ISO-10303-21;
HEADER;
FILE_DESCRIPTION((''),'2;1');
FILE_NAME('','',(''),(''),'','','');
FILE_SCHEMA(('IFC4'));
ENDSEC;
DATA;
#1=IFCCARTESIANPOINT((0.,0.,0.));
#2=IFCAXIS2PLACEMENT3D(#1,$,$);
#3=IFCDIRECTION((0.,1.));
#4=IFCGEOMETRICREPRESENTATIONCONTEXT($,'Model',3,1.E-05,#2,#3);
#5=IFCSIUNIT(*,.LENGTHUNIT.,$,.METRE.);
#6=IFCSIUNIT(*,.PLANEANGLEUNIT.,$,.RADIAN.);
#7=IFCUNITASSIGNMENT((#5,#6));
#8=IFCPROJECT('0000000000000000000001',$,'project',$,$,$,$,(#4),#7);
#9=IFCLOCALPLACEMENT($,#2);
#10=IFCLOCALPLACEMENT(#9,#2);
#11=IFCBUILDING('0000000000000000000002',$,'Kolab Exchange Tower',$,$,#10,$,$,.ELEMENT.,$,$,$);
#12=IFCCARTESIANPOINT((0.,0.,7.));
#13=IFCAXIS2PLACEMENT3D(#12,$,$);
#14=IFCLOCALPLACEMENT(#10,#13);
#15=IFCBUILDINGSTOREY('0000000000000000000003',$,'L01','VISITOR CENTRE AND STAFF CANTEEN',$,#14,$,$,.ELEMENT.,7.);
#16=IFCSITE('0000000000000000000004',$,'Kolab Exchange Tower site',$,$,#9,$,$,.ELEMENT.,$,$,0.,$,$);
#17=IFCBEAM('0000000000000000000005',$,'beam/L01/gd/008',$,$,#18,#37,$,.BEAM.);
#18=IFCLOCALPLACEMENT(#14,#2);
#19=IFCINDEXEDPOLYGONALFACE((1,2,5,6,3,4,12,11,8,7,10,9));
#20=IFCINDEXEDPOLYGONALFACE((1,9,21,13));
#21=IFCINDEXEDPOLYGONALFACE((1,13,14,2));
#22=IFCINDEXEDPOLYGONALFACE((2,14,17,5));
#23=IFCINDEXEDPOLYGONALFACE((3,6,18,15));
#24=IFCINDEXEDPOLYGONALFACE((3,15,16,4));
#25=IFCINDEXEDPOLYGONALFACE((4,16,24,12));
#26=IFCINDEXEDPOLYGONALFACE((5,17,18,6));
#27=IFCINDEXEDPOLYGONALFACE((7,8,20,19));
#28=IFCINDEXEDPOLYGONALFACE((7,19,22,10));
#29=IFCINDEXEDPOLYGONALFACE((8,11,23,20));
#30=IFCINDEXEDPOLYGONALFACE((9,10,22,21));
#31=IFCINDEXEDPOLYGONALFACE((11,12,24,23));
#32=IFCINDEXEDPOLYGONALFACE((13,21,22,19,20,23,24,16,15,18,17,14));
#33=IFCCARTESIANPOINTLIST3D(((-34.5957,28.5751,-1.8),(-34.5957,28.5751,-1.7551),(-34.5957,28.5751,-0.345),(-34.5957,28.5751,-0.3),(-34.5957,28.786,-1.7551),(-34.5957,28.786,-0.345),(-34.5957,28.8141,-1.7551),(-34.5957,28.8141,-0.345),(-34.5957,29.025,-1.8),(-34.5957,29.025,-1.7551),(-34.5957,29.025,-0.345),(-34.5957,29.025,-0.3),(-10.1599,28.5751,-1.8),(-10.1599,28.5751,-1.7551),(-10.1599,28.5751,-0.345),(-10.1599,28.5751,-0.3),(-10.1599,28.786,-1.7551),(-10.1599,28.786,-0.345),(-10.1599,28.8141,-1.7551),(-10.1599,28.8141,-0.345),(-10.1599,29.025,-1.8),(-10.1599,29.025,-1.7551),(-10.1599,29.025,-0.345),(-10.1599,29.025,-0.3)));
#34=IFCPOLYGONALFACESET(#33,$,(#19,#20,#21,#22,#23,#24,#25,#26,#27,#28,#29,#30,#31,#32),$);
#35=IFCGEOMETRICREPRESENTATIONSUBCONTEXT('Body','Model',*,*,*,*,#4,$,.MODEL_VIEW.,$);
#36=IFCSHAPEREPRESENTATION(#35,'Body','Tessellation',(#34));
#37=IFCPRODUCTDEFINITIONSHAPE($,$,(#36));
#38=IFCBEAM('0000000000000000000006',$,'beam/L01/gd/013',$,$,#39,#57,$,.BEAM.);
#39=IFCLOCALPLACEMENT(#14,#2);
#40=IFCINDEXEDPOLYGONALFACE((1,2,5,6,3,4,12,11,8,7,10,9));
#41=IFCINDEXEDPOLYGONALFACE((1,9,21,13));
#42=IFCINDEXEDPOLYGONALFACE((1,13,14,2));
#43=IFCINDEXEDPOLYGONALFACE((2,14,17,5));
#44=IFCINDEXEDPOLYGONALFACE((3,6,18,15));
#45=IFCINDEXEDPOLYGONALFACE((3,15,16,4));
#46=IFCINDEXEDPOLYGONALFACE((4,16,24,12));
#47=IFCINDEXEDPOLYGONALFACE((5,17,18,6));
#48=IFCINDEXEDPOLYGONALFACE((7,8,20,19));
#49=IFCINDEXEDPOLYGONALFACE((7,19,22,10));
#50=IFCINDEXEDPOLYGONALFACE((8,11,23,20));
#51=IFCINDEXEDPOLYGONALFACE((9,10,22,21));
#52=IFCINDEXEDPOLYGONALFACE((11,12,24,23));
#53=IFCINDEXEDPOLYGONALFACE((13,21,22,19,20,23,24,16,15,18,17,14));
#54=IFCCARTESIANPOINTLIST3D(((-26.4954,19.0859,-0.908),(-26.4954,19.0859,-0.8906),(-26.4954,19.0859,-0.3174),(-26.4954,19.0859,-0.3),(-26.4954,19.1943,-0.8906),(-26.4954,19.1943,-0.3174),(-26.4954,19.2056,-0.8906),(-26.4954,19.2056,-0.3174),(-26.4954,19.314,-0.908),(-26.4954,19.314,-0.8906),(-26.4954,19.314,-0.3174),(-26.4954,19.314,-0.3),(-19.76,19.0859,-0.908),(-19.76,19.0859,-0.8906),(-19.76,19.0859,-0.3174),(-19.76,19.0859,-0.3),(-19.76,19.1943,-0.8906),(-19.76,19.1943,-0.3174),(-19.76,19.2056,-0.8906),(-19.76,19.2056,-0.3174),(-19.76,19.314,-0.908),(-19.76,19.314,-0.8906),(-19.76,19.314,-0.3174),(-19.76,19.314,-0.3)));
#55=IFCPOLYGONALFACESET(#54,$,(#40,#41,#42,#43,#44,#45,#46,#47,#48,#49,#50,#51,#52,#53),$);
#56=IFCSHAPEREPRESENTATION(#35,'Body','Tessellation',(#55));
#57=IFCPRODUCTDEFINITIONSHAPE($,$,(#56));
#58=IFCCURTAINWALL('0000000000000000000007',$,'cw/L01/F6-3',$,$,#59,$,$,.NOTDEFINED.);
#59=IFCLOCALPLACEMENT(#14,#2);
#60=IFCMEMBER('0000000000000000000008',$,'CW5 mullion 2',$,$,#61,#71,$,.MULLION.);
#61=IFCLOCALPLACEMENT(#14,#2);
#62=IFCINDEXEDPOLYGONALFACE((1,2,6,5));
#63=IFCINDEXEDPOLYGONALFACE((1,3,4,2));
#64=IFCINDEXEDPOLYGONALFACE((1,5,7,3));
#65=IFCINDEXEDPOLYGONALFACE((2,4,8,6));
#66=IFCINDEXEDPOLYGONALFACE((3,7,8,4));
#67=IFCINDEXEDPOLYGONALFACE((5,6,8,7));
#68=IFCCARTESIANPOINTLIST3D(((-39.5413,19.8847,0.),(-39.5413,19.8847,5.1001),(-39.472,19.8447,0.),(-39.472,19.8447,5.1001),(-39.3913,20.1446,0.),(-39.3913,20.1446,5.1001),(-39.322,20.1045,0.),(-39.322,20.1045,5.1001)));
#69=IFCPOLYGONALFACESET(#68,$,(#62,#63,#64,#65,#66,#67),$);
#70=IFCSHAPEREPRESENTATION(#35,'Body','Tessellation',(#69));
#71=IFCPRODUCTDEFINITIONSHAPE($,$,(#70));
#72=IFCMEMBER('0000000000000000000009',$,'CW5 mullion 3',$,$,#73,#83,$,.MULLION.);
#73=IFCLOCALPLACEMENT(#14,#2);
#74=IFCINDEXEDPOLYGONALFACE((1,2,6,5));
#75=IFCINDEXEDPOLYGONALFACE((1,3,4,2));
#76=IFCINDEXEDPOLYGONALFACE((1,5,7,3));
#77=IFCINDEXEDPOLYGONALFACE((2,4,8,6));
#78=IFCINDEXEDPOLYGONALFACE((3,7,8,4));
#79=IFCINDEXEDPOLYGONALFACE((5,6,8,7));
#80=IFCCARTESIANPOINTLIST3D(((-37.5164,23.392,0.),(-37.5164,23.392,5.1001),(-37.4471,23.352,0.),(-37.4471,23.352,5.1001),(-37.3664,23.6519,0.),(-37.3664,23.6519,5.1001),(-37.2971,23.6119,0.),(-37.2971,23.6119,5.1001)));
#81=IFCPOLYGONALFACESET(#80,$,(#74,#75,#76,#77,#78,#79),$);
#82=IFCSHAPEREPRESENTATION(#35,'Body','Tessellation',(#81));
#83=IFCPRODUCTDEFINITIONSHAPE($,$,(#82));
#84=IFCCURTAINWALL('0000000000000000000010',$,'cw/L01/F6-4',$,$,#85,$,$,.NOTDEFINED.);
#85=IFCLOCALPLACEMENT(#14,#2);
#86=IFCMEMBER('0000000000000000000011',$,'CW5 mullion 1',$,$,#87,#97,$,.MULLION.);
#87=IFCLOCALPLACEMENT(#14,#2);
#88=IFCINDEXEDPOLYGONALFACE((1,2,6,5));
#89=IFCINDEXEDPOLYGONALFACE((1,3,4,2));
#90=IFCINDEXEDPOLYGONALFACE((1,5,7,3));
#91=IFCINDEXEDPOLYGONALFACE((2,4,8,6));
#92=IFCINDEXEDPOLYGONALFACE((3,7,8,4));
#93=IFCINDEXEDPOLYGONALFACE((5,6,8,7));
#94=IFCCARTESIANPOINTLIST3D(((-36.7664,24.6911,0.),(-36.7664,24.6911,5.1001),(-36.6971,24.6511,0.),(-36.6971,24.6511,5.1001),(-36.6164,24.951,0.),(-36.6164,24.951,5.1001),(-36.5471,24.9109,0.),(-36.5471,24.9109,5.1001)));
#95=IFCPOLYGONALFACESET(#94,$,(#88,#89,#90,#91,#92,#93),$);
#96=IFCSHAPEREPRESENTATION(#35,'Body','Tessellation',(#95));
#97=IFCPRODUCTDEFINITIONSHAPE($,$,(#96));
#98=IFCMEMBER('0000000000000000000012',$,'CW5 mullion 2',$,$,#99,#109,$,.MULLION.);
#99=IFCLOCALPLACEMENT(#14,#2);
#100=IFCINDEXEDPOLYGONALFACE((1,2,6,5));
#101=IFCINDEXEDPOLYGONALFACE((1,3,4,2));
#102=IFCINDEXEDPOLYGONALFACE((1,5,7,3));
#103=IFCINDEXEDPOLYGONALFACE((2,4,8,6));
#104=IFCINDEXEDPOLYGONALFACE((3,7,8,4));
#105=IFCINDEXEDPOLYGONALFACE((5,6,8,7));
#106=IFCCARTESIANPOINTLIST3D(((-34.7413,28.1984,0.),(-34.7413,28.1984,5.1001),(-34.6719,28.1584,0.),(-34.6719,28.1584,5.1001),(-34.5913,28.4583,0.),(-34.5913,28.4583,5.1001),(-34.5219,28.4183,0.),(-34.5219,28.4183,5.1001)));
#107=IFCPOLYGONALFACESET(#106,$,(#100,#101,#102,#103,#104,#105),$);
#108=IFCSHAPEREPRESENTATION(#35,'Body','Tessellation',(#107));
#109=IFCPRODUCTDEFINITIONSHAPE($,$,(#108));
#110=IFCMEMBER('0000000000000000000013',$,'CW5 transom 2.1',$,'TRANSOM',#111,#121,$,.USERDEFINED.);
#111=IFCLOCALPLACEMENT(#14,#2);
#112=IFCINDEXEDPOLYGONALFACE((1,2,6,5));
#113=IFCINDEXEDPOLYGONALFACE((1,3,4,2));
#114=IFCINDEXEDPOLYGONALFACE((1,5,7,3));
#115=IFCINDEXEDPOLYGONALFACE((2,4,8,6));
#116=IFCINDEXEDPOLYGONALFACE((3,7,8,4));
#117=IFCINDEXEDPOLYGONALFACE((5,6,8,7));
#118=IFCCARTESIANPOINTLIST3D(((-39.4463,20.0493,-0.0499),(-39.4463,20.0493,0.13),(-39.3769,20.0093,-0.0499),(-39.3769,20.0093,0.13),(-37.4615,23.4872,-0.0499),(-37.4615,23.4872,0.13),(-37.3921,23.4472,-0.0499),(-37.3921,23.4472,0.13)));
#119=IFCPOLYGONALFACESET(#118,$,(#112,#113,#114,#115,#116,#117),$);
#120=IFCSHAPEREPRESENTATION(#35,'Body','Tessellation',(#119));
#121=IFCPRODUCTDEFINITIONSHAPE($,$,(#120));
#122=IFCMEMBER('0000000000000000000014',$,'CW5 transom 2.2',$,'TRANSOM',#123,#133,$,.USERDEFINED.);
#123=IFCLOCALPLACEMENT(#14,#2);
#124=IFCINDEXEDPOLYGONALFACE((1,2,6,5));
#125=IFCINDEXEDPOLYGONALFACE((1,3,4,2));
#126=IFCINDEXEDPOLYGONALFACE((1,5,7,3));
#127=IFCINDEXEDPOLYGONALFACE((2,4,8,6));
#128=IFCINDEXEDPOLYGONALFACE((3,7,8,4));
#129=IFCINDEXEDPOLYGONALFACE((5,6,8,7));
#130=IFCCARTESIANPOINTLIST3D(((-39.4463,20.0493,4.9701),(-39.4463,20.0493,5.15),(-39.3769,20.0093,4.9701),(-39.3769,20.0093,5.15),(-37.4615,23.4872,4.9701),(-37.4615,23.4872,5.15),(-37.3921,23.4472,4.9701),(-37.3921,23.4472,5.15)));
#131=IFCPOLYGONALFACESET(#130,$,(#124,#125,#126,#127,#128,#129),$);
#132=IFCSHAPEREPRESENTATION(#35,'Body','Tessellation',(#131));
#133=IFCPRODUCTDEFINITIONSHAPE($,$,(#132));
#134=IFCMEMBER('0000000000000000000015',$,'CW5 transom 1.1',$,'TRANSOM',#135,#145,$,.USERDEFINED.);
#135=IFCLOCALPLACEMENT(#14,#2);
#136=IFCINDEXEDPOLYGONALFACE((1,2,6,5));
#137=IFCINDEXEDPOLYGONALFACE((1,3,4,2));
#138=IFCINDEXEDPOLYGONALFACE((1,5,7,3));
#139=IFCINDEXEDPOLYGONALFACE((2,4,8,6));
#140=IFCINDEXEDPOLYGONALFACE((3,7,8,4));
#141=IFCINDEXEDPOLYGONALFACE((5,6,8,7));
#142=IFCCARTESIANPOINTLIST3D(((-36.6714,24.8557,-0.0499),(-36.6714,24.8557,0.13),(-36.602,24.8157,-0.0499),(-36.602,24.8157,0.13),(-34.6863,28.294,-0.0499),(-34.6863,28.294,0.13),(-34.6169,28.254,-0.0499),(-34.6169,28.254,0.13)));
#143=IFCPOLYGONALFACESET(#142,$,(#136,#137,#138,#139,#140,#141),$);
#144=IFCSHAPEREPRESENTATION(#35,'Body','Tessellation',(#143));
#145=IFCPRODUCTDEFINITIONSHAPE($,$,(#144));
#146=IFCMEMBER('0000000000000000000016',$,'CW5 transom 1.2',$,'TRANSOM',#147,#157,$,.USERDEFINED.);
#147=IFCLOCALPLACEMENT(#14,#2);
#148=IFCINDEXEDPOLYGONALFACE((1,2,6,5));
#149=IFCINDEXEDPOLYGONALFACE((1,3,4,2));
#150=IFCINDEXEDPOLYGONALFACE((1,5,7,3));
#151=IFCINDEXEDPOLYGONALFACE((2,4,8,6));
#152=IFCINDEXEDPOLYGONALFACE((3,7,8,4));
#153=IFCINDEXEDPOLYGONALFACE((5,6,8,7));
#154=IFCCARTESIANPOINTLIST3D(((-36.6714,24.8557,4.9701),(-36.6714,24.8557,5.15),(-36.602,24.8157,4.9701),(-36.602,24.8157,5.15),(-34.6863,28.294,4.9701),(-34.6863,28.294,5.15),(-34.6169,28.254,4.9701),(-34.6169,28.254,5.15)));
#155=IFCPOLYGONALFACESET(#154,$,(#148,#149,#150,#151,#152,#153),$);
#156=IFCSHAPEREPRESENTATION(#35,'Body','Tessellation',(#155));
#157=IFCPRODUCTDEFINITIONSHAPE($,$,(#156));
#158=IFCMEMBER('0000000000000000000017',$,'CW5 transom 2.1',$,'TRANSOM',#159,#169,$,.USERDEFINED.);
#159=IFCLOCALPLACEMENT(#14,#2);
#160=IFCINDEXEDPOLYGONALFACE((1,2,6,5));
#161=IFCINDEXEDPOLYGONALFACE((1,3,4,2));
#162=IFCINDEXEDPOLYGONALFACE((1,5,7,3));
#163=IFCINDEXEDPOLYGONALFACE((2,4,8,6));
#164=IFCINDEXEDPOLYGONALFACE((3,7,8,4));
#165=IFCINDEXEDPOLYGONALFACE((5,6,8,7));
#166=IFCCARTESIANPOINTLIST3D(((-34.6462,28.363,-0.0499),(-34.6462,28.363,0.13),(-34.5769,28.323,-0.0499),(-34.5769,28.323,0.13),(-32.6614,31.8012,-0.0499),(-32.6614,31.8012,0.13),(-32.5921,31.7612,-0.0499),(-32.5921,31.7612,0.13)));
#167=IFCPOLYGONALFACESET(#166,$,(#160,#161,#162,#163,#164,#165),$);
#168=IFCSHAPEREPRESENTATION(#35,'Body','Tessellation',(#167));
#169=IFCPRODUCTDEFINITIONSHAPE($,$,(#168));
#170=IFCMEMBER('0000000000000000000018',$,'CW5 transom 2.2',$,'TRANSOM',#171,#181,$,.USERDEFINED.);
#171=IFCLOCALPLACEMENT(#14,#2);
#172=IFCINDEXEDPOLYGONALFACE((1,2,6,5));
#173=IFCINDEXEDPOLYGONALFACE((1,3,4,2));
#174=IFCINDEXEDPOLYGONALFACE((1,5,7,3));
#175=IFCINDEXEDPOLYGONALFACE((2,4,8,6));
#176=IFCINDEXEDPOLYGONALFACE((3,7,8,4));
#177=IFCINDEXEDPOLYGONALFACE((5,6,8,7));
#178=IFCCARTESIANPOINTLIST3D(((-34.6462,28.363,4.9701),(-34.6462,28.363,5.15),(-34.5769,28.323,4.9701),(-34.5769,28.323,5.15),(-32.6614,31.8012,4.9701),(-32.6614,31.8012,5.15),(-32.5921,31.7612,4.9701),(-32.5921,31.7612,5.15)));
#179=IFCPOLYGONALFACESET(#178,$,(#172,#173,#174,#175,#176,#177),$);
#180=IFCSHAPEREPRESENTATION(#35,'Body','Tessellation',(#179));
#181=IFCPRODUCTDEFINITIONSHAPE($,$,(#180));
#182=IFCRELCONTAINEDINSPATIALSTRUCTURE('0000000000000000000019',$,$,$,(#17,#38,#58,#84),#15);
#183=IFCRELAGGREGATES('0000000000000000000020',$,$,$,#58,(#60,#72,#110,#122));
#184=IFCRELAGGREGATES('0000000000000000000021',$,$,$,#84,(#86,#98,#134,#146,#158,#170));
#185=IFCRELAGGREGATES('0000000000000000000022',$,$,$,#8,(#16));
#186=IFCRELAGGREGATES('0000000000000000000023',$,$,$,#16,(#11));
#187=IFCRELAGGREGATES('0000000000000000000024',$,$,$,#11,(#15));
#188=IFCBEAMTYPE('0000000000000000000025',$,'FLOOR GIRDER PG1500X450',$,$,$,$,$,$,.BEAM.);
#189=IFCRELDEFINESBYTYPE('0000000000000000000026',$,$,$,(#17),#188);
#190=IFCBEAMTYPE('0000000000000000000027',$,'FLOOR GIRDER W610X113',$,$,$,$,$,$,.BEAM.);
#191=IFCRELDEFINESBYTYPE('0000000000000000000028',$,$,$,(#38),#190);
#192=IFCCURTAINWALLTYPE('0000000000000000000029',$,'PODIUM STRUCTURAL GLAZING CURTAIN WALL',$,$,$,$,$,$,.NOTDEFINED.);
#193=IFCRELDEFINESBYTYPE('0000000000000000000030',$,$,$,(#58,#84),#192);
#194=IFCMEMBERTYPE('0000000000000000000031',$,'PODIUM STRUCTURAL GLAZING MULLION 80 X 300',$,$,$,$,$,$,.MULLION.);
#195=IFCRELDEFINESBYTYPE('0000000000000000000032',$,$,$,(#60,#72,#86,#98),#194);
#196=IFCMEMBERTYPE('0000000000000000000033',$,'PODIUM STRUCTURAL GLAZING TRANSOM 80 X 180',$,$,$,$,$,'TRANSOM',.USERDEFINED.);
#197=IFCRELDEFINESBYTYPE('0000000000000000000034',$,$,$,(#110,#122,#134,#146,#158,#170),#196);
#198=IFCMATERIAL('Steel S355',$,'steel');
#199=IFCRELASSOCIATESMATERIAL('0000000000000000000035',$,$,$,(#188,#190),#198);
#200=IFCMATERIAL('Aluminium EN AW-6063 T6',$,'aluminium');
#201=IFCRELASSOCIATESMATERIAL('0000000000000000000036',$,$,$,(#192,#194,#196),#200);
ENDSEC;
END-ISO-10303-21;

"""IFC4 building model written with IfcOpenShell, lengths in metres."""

from ifc_helpers import new_model, si_unit, direction, frame, origin, origin_2d, place, context, subcontext, project, spatial, rectangle, i_section, extrude, material, material_profile, profile_set, type_object, element, aggregate, save


model = new_model("IFC4")

# Units and contexts
model_context = context("Model", 3, precision=1e-05, world=origin(), true_north=direction((0.0, 1.0)))
body_context = subcontext(model_context, "Body", "Model", "MODEL_VIEW")
ifc_project = project(units=[si_unit("LENGTHUNIT", "METRE"), si_unit("PLANEANGLEUNIT", "RADIAN")], contexts=[model_context])

# Site, building, storey
site_placement = place(None, origin())
site = spatial("IfcSite", under=ifc_project, at=site_placement, Name="Kolab Exchange Tower site", CompositionType="ELEMENT", RefElevation=0.0)
building_placement = place(site_placement, origin())
building = spatial("IfcBuilding", under=site, at=building_placement, Name="Kolab Exchange Tower", CompositionType="ELEMENT")
storey_placement = place(building_placement, frame((0.0, 0.0, 7.0)))
storey = spatial("IfcBuildingStorey", under=building, at=storey_placement, Name="L01", Description="VISITOR CENTRE AND STAFF CANTEEN", CompositionType="ELEMENT", Elevation=7.0)

# Beams
ifc_material_1 = material(Name="Steel S355", Category="steel")
ifc_material_profile_1 = material_profile(ifc_material_1, i_section(OverallWidth=0.45, OverallDepth=1.5, WebThickness=0.0281, FlangeThickness=0.0449, at=origin_2d()), Name="PG1500X450")
ifc_profile_set_1 = profile_set([ifc_material_profile_1], Name="Steel S355")
beam_type_1 = type_object("IfcBeamType", Name="FLOOR GIRDER PG1500X450", PredefinedType="BEAM", material=ifc_profile_set_1)
beam_1_placement = place(storey_placement, frame((-34.5957, 28.8, -1.05), z_axis=(1.0, 0.0, 0.0), x_axis=(0.0, 1.0, 0.0)))
element("IfcBeam", 1, at=beam_1_placement, inside=storey, type_object=beam_type_1, Name="beam/L01/gd/008", PredefinedType="BEAM", context=body_context, shape_type="SweptSolid", body=[
    extrude(i_section(OverallWidth=0.45, OverallDepth=1.5, WebThickness=0.0281, FlangeThickness=0.0449, at=origin_2d()), origin(), (0.0, 0.0, 1.0), 24.4358),
])
ifc_material_profile_2 = material_profile(ifc_material_1, i_section(OverallWidth=0.228, OverallDepth=0.6079, WebThickness=0.0112, FlangeThickness=0.0173, at=origin_2d()), Name="W610X113")
ifc_profile_set_2 = profile_set([ifc_material_profile_2], Name="Steel S355")
beam_type_2 = type_object("IfcBeamType", Name="FLOOR GIRDER W610X113", PredefinedType="BEAM", material=ifc_profile_set_2)
beam_2_placement = place(storey_placement, frame((-26.4954, 19.2, -0.604), z_axis=(1.0, 0.0, 0.0), x_axis=(0.0, 1.0, 0.0)))
element("IfcBeam", 2, at=beam_2_placement, inside=storey, type_object=beam_type_2, Name="beam/L01/gd/013", PredefinedType="BEAM", context=body_context, shape_type="SweptSolid", body=[
    extrude(i_section(OverallWidth=0.228, OverallDepth=0.6079, WebThickness=0.0112, FlangeThickness=0.0173, at=origin_2d()), origin(), (0.0, 0.0, 1.0), 6.7354),
])

# Curtain walls, members
ifc_material_2 = material(Name="Aluminium EN AW-6063 T6", Category="aluminium")
curtain_wall_type = type_object("IfcCurtainWallType", Name="PODIUM STRUCTURAL GLAZING CURTAIN WALL", PredefinedType="NOTDEFINED", material=ifc_material_2)
curtain_wall_1_placement = place(storey_placement, origin())
curtain_wall_1 = element("IfcCurtainWall", 3, at=curtain_wall_1_placement, inside=storey, type_object=curtain_wall_type, Name="cw/L01/F6-3", PredefinedType="NOTDEFINED")
ifc_material_profile_3 = material_profile(ifc_material_2, rectangle(XDim=0.0801, YDim=0.3, at=origin_2d()), Name="RECT 80X300")
ifc_profile_set_3 = profile_set([ifc_material_profile_3], Name="Aluminium EN AW-6063 T6")
member_type_1 = type_object("IfcMemberType", Name="PODIUM STRUCTURAL GLAZING MULLION 80 X 300", PredefinedType="MULLION", material=ifc_profile_set_3)
member_1_placement = place(storey_placement, frame((-39.4316, 19.9946, 0.0), z_axis=(0.0, 0.0, 1.0), x_axis=(-0.866025, 0.5, 0.0)))
member_1 = element("IfcMember", 4, at=member_1_placement, type_object=member_type_1, Name="CW5 mullion 2", PredefinedType="MULLION", context=body_context, shape_type="SweptSolid", body=[
    extrude(rectangle(XDim=0.0801, YDim=0.3, at=origin_2d()), origin(), (0.0, 0.0, 1.0), 5.1001),
])
member_2_placement = place(storey_placement, frame((-37.4067, 23.502, 0.0), z_axis=(0.0, 0.0, 1.0), x_axis=(-0.866025, 0.5, 0.0)))
member_2 = element("IfcMember", 5, at=member_2_placement, type_object=member_type_1, Name="CW5 mullion 3", PredefinedType="MULLION", context=body_context, shape_type="SweptSolid", body=[
    extrude(rectangle(XDim=0.0801, YDim=0.3, at=origin_2d()), origin(), (0.0, 0.0, 1.0), 5.1001),
])
curtain_wall_2_placement = place(storey_placement, origin())
curtain_wall_2 = element("IfcCurtainWall", 6, at=curtain_wall_2_placement, inside=storey, type_object=curtain_wall_type, Name="cw/L01/F6-4", PredefinedType="NOTDEFINED")
member_3_placement = place(storey_placement, frame((-36.6567, 24.801, 0.0), z_axis=(0.0, 0.0, 1.0), x_axis=(-0.866025, 0.5, 0.0)))
member_3 = element("IfcMember", 7, at=member_3_placement, type_object=member_type_1, Name="CW5 mullion 1", PredefinedType="MULLION", context=body_context, shape_type="SweptSolid", body=[
    extrude(rectangle(XDim=0.0801, YDim=0.3, at=origin_2d()), origin(), (0.0, 0.0, 1.0), 5.1001),
])
member_4_placement = place(storey_placement, frame((-34.6316, 28.3083, 0.0), z_axis=(0.0, 0.0, 1.0), x_axis=(-0.866025, 0.5, 0.0)))
member_4 = element("IfcMember", 8, at=member_4_placement, type_object=member_type_1, Name="CW5 mullion 2", PredefinedType="MULLION", context=body_context, shape_type="SweptSolid", body=[
    extrude(rectangle(XDim=0.0801, YDim=0.3, at=origin_2d()), origin(), (0.0, 0.0, 1.0), 5.1001),
])

# Members
ifc_material_profile_4 = material_profile(ifc_material_2, rectangle(XDim=0.0801, YDim=0.1799, at=origin_2d()), Name="RECT 80X180")
ifc_profile_set_4 = profile_set([ifc_material_profile_4], Name="Aluminium EN AW-6063 T6")
member_type_2 = type_object("IfcMemberType", Name="PODIUM STRUCTURAL GLAZING TRANSOM 80 X 180", ElementType="TRANSOM", PredefinedType="USERDEFINED", material=ifc_profile_set_4)
member_5_placement = place(storey_placement, frame((-39.4116, 20.0293, 0.04), z_axis=(0.499989, 0.866032, 0.0), x_axis=(-0.866032, 0.499989, 0.0)))
member_5 = element("IfcMember", 9, at=member_5_placement, type_object=member_type_2, Name="CW5 transom 2.1", ObjectType="TRANSOM", PredefinedType="USERDEFINED", context=body_context, shape_type="SweptSolid", body=[
    extrude(rectangle(XDim=0.0801, YDim=0.1799, at=origin_2d()), origin(), (0.0, 0.0, 1.0), 3.9697),
])
member_6_placement = place(storey_placement, frame((-39.4116, 20.0293, 5.0601), z_axis=(0.499989, 0.866032, 0.0), x_axis=(-0.866032, 0.499989, 0.0)))
member_6 = element("IfcMember", 10, at=member_6_placement, type_object=member_type_2, Name="CW5 transom 2.2", ObjectType="TRANSOM", PredefinedType="USERDEFINED", context=body_context, shape_type="SweptSolid", body=[
    extrude(rectangle(XDim=0.0801, YDim=0.1799, at=origin_2d()), origin(), (0.0, 0.0, 1.0), 3.9697),
])
member_7_placement = place(storey_placement, frame((-36.6367, 24.8357, 0.04), z_axis=(0.500008, 0.866021, 0.0), x_axis=(-0.866021, 0.500008, 0.0)))
member_7 = element("IfcMember", 11, at=member_7_placement, type_object=member_type_2, Name="CW5 transom 1.1", ObjectType="TRANSOM", PredefinedType="USERDEFINED", context=body_context, shape_type="SweptSolid", body=[
    extrude(rectangle(XDim=0.0801, YDim=0.1799, at=origin_2d()), origin(), (0.0, 0.0, 1.0), 3.9702),
])
member_8_placement = place(storey_placement, frame((-36.6367, 24.8357, 5.0601), z_axis=(0.500008, 0.866021, 0.0), x_axis=(-0.866021, 0.500008, 0.0)))
member_8 = element("IfcMember", 12, at=member_8_placement, type_object=member_type_2, Name="CW5 transom 1.2", ObjectType="TRANSOM", PredefinedType="USERDEFINED", context=body_context, shape_type="SweptSolid", body=[
    extrude(rectangle(XDim=0.0801, YDim=0.1799, at=origin_2d()), origin(), (0.0, 0.0, 1.0), 3.9702),
])
member_9_placement = place(storey_placement, frame((-34.6116, 28.343, 0.04), z_axis=(0.499962, 0.866047, 0.0), x_axis=(-0.866047, 0.499962, 0.0)))
member_9 = element("IfcMember", 13, at=member_9_placement, type_object=member_type_2, Name="CW5 transom 2.1", ObjectType="TRANSOM", PredefinedType="USERDEFINED", context=body_context, shape_type="SweptSolid", body=[
    extrude(rectangle(XDim=0.0801, YDim=0.1799, at=origin_2d()), origin(), (0.0, 0.0, 1.0), 3.97),
])
member_10_placement = place(storey_placement, frame((-34.6116, 28.343, 5.0601), z_axis=(0.499962, 0.866047, 0.0), x_axis=(-0.866047, 0.499962, 0.0)))
member_10 = element("IfcMember", 14, at=member_10_placement, type_object=member_type_2, Name="CW5 transom 2.2", ObjectType="TRANSOM", PredefinedType="USERDEFINED", context=body_context, shape_type="SweptSolid", body=[
    extrude(rectangle(XDim=0.0801, YDim=0.1799, at=origin_2d()), origin(), (0.0, 0.0, 1.0), 3.97),
])

aggregate(curtain_wall_1, [member_1, member_2, member_5, member_6])
aggregate(curtain_wall_2, [member_3, member_4, member_7, member_8, member_9, member_10])

save(model, "model.ifc")
